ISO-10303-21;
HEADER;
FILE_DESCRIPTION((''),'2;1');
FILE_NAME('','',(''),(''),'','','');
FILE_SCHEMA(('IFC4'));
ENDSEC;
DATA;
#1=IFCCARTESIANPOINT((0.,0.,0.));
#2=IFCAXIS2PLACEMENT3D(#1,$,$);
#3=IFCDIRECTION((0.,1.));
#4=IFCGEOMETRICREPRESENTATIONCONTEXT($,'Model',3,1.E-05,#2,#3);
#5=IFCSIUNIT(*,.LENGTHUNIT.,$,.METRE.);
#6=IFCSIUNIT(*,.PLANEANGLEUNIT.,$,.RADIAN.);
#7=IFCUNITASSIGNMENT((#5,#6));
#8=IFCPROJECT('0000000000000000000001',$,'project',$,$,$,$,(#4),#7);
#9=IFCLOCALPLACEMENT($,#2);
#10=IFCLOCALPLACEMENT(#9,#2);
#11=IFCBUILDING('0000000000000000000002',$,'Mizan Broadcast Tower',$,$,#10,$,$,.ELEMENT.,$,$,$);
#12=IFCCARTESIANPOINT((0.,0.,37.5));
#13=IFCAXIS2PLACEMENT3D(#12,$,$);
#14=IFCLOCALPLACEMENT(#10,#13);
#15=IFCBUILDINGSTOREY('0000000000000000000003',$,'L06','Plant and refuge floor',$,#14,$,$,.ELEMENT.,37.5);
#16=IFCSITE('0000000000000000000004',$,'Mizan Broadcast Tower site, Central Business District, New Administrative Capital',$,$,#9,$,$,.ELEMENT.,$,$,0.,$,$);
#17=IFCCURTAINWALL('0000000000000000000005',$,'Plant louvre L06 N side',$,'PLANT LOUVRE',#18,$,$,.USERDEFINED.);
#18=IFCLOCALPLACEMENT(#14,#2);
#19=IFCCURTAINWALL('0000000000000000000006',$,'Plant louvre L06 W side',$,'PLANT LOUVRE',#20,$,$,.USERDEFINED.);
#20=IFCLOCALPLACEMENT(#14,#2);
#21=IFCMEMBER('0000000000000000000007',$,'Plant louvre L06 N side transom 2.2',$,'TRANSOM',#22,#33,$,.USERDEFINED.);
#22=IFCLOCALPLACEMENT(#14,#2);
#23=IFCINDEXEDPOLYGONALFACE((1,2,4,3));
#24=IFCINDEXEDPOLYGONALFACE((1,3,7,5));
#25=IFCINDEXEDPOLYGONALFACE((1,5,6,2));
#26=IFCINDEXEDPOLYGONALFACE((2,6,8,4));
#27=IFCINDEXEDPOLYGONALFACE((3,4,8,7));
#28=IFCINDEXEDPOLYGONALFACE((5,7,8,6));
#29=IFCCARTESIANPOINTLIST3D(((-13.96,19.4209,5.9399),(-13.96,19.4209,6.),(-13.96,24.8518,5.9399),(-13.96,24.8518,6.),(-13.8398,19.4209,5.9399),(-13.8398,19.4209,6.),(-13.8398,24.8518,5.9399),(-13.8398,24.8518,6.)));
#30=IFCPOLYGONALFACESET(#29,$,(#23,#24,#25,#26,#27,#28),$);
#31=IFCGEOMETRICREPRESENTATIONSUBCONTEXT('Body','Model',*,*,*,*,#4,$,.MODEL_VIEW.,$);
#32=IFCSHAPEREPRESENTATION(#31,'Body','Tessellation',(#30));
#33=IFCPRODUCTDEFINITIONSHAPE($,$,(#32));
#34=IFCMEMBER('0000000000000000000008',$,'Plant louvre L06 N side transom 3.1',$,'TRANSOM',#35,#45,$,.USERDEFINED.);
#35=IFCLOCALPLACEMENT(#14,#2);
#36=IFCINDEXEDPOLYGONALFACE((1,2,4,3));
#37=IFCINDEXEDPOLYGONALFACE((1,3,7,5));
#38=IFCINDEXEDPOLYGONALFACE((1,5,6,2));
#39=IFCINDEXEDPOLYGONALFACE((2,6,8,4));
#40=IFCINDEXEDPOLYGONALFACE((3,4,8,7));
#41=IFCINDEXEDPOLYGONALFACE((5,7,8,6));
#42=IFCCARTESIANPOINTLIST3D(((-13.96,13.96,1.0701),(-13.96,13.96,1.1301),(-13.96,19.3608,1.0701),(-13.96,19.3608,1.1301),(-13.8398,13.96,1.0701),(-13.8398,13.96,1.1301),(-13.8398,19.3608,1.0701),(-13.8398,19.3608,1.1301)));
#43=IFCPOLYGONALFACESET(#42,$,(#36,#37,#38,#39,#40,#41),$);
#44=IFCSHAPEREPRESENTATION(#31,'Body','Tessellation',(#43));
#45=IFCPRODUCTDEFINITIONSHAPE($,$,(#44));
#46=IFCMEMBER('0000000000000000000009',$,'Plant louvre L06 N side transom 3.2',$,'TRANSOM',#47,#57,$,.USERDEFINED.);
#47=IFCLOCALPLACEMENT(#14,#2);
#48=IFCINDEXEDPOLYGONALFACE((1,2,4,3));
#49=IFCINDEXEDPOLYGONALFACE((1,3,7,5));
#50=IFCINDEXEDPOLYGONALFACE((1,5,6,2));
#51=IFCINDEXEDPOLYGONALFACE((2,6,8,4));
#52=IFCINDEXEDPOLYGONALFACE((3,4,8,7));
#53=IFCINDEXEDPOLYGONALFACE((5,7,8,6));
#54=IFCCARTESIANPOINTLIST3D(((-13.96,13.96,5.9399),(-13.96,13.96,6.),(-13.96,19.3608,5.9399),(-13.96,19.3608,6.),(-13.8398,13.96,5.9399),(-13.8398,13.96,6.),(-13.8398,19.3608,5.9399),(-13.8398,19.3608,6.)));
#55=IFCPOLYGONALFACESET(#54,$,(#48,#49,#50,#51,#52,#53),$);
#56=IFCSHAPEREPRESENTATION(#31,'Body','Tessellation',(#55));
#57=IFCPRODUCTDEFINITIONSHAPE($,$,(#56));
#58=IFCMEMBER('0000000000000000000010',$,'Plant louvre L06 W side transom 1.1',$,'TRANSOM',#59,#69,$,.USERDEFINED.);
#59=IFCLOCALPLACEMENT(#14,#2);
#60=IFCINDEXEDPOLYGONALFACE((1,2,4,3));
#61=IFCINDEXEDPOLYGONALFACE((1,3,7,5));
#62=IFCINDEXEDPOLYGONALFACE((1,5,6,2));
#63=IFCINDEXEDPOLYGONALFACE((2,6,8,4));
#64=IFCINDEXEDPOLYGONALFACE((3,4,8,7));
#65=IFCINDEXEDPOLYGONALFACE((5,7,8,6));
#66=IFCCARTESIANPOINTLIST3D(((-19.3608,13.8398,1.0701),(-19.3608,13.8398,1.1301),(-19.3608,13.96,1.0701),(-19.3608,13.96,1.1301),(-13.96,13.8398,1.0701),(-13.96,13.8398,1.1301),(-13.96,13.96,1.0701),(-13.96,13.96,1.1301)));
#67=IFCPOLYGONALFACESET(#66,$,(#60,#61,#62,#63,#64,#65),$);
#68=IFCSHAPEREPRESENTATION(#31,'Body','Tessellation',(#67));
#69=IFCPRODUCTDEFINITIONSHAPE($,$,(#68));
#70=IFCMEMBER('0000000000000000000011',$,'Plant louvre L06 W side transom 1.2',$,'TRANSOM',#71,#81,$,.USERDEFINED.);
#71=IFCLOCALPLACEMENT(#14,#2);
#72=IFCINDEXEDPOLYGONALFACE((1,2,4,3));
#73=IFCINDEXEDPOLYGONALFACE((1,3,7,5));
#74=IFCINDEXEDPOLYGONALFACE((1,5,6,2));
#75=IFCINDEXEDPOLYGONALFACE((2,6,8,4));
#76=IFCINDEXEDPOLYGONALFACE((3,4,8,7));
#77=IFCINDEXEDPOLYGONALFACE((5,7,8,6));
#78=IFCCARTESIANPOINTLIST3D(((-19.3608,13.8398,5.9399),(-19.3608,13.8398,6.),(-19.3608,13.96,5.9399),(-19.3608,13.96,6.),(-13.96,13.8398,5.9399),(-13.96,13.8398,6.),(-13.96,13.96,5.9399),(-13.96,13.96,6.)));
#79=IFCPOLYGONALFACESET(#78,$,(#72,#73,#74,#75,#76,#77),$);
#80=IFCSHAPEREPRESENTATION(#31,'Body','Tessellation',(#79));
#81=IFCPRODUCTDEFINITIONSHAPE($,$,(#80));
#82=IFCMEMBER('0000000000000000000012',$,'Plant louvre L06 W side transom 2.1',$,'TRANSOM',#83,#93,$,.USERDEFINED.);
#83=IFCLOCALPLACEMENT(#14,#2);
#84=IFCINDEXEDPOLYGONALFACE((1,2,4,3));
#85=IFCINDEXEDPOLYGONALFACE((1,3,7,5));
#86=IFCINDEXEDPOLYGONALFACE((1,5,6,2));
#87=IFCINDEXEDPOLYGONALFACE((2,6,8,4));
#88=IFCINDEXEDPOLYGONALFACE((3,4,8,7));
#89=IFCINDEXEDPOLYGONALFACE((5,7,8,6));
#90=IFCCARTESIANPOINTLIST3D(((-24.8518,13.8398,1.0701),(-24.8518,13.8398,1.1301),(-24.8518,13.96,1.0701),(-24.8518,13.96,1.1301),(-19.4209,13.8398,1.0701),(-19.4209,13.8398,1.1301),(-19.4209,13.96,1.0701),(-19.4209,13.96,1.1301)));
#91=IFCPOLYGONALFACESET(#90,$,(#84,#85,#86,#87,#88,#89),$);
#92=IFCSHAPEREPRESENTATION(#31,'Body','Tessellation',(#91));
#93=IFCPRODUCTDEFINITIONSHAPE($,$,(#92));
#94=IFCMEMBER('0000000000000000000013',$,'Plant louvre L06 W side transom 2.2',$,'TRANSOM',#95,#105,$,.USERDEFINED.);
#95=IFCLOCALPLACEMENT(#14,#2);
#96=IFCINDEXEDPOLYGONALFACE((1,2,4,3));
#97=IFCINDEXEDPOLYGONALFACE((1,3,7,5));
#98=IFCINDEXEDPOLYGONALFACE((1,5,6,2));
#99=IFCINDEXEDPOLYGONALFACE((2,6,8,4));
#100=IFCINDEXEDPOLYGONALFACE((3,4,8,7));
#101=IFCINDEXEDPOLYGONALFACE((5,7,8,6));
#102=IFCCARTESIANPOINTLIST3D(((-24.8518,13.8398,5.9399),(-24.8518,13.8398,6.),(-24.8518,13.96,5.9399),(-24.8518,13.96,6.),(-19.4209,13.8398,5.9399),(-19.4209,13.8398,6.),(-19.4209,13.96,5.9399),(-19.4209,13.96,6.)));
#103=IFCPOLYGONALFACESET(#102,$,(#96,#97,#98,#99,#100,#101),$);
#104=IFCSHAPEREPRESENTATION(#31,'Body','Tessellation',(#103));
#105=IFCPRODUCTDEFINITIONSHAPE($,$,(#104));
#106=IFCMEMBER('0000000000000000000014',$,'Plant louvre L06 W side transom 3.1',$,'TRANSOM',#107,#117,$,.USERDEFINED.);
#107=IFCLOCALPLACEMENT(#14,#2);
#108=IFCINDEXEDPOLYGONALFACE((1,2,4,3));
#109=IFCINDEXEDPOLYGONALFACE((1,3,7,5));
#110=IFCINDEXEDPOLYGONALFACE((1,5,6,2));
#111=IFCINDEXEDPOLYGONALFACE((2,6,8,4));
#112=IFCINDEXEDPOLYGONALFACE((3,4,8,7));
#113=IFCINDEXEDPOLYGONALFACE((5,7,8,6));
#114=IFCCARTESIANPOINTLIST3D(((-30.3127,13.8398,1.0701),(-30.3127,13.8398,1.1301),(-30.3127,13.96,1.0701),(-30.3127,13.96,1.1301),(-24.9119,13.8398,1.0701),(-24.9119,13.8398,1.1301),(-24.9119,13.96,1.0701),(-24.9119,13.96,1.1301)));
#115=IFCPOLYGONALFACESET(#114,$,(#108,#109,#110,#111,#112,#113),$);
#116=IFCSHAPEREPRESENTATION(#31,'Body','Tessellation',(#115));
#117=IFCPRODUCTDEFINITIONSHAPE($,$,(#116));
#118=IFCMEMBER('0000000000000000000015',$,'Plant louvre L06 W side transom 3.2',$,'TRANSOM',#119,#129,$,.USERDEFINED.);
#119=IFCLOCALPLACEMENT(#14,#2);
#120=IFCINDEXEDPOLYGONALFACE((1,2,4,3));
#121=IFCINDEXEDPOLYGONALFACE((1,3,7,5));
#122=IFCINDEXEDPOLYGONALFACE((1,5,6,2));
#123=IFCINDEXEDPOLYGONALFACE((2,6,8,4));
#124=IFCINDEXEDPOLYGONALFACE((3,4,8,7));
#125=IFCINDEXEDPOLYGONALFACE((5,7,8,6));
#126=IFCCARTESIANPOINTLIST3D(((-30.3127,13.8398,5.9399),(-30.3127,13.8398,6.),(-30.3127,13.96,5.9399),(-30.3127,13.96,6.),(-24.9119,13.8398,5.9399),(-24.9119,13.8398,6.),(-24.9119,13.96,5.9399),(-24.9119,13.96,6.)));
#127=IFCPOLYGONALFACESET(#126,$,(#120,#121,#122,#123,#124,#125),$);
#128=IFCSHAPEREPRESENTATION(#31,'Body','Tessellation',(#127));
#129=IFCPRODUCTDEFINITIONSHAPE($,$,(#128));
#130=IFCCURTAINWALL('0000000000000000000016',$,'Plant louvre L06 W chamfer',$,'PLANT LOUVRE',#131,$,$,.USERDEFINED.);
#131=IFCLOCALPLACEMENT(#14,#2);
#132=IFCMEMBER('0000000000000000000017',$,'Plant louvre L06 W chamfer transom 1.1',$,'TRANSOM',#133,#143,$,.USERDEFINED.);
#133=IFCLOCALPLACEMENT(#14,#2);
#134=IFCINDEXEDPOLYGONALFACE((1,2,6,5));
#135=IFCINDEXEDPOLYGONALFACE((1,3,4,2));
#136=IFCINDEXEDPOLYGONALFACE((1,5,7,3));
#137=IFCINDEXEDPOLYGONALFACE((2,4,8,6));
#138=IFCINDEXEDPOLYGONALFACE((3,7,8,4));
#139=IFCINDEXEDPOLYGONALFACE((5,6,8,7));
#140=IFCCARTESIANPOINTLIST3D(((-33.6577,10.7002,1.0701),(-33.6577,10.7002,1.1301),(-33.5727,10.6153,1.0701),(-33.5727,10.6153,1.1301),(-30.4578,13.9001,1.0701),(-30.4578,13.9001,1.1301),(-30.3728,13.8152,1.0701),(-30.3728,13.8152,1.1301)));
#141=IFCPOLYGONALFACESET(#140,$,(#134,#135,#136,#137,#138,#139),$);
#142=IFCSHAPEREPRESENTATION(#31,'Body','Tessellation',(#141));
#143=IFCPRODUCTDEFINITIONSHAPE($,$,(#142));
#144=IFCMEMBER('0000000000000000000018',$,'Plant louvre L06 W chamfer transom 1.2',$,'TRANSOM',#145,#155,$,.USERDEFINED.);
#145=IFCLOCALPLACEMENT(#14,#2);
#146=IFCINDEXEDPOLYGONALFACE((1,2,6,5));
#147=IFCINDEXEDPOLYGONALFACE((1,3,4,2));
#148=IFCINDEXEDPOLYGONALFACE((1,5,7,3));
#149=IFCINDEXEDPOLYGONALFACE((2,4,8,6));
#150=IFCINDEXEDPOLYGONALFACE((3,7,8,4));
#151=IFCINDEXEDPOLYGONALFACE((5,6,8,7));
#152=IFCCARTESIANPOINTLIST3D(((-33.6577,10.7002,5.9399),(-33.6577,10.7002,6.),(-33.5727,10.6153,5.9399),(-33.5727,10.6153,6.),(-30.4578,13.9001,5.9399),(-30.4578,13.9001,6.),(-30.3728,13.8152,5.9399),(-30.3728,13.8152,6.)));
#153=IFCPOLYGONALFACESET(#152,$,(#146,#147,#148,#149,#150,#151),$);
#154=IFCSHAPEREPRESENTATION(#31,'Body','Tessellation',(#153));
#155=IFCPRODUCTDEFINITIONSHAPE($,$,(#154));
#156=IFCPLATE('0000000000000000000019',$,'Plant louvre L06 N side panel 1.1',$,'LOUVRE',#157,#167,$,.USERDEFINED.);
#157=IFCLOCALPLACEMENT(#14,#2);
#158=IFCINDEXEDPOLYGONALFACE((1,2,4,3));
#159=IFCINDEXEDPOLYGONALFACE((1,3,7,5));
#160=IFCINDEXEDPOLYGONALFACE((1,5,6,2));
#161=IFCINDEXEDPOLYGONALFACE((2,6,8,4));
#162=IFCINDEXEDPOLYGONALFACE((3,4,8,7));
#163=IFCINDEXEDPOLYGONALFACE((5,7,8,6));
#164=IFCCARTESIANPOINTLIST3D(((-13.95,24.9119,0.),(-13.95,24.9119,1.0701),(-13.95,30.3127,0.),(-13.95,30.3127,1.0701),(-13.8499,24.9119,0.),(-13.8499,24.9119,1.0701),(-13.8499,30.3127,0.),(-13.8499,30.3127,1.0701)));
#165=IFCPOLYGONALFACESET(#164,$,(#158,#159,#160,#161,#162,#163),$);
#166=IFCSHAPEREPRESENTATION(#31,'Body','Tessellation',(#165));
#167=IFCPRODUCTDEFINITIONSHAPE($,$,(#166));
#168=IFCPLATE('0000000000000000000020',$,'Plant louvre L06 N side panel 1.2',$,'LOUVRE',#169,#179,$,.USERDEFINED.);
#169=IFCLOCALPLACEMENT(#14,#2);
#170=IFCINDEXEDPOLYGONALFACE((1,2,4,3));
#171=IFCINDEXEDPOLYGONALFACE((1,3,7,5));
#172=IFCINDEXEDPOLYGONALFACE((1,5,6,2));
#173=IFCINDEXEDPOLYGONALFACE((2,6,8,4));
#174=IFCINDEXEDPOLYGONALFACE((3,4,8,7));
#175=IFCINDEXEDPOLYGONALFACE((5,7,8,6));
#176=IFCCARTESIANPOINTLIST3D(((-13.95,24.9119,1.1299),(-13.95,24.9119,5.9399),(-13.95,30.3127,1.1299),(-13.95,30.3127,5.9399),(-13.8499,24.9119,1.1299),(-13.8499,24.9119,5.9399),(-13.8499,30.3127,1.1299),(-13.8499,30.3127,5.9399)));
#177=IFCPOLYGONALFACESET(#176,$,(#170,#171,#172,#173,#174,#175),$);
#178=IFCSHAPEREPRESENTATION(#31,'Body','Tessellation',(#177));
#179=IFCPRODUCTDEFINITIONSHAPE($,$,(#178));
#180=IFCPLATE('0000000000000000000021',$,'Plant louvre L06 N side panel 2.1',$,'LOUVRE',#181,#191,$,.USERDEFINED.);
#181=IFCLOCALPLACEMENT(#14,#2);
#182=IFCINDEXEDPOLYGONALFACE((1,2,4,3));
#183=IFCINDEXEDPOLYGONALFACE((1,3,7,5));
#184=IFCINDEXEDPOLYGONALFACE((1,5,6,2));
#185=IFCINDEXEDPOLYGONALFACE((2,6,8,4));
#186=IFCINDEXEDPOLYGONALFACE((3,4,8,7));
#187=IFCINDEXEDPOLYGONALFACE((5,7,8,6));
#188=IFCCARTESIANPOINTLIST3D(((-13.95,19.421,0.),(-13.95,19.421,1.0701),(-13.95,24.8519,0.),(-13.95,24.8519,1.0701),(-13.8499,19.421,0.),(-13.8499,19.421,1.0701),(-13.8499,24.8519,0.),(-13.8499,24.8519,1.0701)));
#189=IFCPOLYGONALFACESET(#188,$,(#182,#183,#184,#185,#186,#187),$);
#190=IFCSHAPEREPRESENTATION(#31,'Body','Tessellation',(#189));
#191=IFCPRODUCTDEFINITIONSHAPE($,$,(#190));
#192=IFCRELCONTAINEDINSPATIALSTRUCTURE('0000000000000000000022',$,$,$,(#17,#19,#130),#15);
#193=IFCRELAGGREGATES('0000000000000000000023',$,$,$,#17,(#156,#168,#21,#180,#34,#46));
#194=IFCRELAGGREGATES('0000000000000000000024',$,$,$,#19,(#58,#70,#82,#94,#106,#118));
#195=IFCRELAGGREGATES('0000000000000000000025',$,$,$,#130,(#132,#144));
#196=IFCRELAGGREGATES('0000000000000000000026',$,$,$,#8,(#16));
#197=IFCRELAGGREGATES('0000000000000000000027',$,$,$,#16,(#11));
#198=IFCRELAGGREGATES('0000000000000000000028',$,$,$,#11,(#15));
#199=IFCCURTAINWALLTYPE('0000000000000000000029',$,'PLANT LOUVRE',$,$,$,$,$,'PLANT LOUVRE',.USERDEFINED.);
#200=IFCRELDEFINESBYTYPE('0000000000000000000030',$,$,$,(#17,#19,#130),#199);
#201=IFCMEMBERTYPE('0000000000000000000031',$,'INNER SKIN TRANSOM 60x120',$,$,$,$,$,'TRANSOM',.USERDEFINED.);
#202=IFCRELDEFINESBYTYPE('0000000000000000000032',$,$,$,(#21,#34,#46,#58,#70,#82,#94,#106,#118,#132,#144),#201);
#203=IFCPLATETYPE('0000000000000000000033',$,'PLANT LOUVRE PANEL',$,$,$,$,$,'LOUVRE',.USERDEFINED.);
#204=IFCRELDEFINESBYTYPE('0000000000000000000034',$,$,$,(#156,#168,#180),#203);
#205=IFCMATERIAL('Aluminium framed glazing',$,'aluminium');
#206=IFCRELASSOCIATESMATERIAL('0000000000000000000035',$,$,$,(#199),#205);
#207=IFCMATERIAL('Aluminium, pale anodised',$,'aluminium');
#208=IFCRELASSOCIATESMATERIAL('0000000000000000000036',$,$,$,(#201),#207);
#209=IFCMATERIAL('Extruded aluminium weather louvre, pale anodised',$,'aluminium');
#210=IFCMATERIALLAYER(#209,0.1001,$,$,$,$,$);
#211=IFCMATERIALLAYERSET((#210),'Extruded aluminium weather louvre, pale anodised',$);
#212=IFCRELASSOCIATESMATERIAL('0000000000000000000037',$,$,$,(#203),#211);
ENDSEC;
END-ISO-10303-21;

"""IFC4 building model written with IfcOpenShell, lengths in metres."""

from ifc_helpers import new_model, si_unit, direction, frame, origin, origin_2d, place, context, subcontext, project, spatial, rectangle, extrude, material, layer, layer_set, material_profile, profile_set, type_object, element, aggregate, save


model = new_model("IFC4")

# Units and contexts
model_context = context("Model", 3, precision=1e-05, world=origin(), true_north=direction((0.0, 1.0)))
body_context = subcontext(model_context, "Body", "Model", "MODEL_VIEW")
ifc_project = project(units=[si_unit("LENGTHUNIT", "METRE"), si_unit("PLANEANGLEUNIT", "RADIAN")], contexts=[model_context])

# Site, building, storey
site_placement = place(None, origin())
site = spatial("IfcSite", under=ifc_project, at=site_placement, Name="Mizan Broadcast Tower site, Central Business District, New Administrative Capital", CompositionType="ELEMENT", RefElevation=0.0)
building_placement = place(site_placement, origin())
building = spatial("IfcBuilding", under=site, at=building_placement, Name="Mizan Broadcast Tower", CompositionType="ELEMENT")
storey_placement = place(building_placement, frame((0.0, 0.0, 37.5)))
storey = spatial("IfcBuildingStorey", under=building, at=storey_placement, Name="L06", Description="Plant and refuge floor", CompositionType="ELEMENT", Elevation=37.5)

# Curtain walls
ifc_material_1 = material(Name="Aluminium framed glazing", Category="aluminium")
curtain_wall_type = type_object("IfcCurtainWallType", Name="PLANT LOUVRE", ElementType="PLANT LOUVRE", PredefinedType="USERDEFINED", material=ifc_material_1)
curtain_wall_1_placement = place(storey_placement, origin())
curtain_wall_1 = element("IfcCurtainWall", 1, at=curtain_wall_1_placement, inside=storey, type_object=curtain_wall_type, Name="Plant louvre L06 N side", ObjectType="PLANT LOUVRE", PredefinedType="USERDEFINED")
curtain_wall_2_placement = place(storey_placement, origin())
curtain_wall_2 = element("IfcCurtainWall", 2, at=curtain_wall_2_placement, inside=storey, type_object=curtain_wall_type, Name="Plant louvre L06 W side", ObjectType="PLANT LOUVRE", PredefinedType="USERDEFINED")

# Members
ifc_material_2 = material(Name="Aluminium, pale anodised", Category="aluminium")
ifc_material_profile_1 = material_profile(ifc_material_2, rectangle(XDim=0.1201, YDim=0.0601, at=origin_2d()), Name="TRANSOM 120x60")
ifc_profile_set_1 = profile_set([ifc_material_profile_1], Name="Aluminium, pale anodised")
member_type_1 = type_object("IfcMemberType", Name="INNER SKIN TRANSOM 60x120", ElementType="TRANSOM", PredefinedType="USERDEFINED", material=ifc_profile_set_1)
member_1_placement = place(storey_placement, frame((-13.8999, 24.8518, 5.97), z_axis=(0.0, -1.0, 0.0), x_axis=(1.0, 0.0, 0.0)))
member_1 = element("IfcMember", 3, at=member_1_placement, type_object=member_type_1, Name="Plant louvre L06 N side transom 2.2", ObjectType="TRANSOM", PredefinedType="USERDEFINED", context=body_context, shape_type="SweptSolid", body=[
    extrude(rectangle(XDim=0.1201, YDim=0.0601, at=origin_2d()), origin(), (0.0, 0.0, 1.0), 5.4309),
])
member_2_placement = place(storey_placement, frame((-13.8999, 19.3608, 1.1001), z_axis=(0.0, -1.0, 0.0), x_axis=(1.0, 0.0, 0.0)))
member_2 = element("IfcMember", 4, at=member_2_placement, type_object=member_type_1, Name="Plant louvre L06 N side transom 3.1", ObjectType="TRANSOM", PredefinedType="USERDEFINED", context=body_context, shape_type="SweptSolid", body=[
    extrude(rectangle(XDim=0.1201, YDim=0.0601, at=origin_2d()), origin(), (0.0, 0.0, 1.0), 5.4009),
])
member_3_placement = place(storey_placement, frame((-13.8999, 19.3608, 5.97), z_axis=(0.0, -1.0, 0.0), x_axis=(1.0, 0.0, 0.0)))
member_3 = element("IfcMember", 5, at=member_3_placement, type_object=member_type_1, Name="Plant louvre L06 N side transom 3.2", ObjectType="TRANSOM", PredefinedType="USERDEFINED", context=body_context, shape_type="SweptSolid", body=[
    extrude(rectangle(XDim=0.1201, YDim=0.0601, at=origin_2d()), origin(), (0.0, 0.0, 1.0), 5.4009),
])
member_4_placement = place(storey_placement, frame((-13.96, 13.8999, 1.1001), z_axis=(-1.0, 0.0, 0.0), x_axis=(0.0, -1.0, 0.0)))
member_4 = element("IfcMember", 6, at=member_4_placement, type_object=member_type_1, Name="Plant louvre L06 W side transom 1.1", ObjectType="TRANSOM", PredefinedType="USERDEFINED", context=body_context, shape_type="SweptSolid", body=[
    extrude(rectangle(XDim=0.1201, YDim=0.0601, at=origin_2d()), origin(), (0.0, 0.0, 1.0), 5.4009),
])
member_5_placement = place(storey_placement, frame((-13.96, 13.8999, 5.97), z_axis=(-1.0, 0.0, 0.0), x_axis=(0.0, -1.0, 0.0)))
member_5 = element("IfcMember", 7, at=member_5_placement, type_object=member_type_1, Name="Plant louvre L06 W side transom 1.2", ObjectType="TRANSOM", PredefinedType="USERDEFINED", context=body_context, shape_type="SweptSolid", body=[
    extrude(rectangle(XDim=0.1201, YDim=0.0601, at=origin_2d()), origin(), (0.0, 0.0, 1.0), 5.4009),
])
member_6_placement = place(storey_placement, frame((-19.4209, 13.8999, 1.1001), z_axis=(-1.0, 0.0, 0.0), x_axis=(0.0, -1.0, 0.0)))
member_6 = element("IfcMember", 8, at=member_6_placement, type_object=member_type_1, Name="Plant louvre L06 W side transom 2.1", ObjectType="TRANSOM", PredefinedType="USERDEFINED", context=body_context, shape_type="SweptSolid", body=[
    extrude(rectangle(XDim=0.1201, YDim=0.0601, at=origin_2d()), origin(), (0.0, 0.0, 1.0), 5.4309),
])
member_7_placement = place(storey_placement, frame((-19.4209, 13.8999, 5.97), z_axis=(-1.0, 0.0, 0.0), x_axis=(0.0, -1.0, 0.0)))
member_7 = element("IfcMember", 9, at=member_7_placement, type_object=member_type_1, Name="Plant louvre L06 W side transom 2.2", ObjectType="TRANSOM", PredefinedType="USERDEFINED", context=body_context, shape_type="SweptSolid", body=[
    extrude(rectangle(XDim=0.1201, YDim=0.0601, at=origin_2d()), origin(), (0.0, 0.0, 1.0), 5.4309),
])
member_8_placement = place(storey_placement, frame((-24.9119, 13.8999, 1.1001), z_axis=(-1.0, 0.0, 0.0), x_axis=(0.0, -1.0, 0.0)))
member_8 = element("IfcMember", 10, at=member_8_placement, type_object=member_type_1, Name="Plant louvre L06 W side transom 3.1", ObjectType="TRANSOM", PredefinedType="USERDEFINED", context=body_context, shape_type="SweptSolid", body=[
    extrude(rectangle(XDim=0.1201, YDim=0.0601, at=origin_2d()), origin(), (0.0, 0.0, 1.0), 5.4009),
])
member_9_placement = place(storey_placement, frame((-24.9119, 13.8999, 5.97), z_axis=(-1.0, 0.0, 0.0), x_axis=(0.0, -1.0, 0.0)))
member_9 = element("IfcMember", 11, at=member_9_placement, type_object=member_type_1, Name="Plant louvre L06 W side transom 3.2", ObjectType="TRANSOM", PredefinedType="USERDEFINED", context=body_context, shape_type="SweptSolid", body=[
    extrude(rectangle(XDim=0.1201, YDim=0.0601, at=origin_2d()), origin(), (0.0, 0.0, 1.0), 5.4009),
])

# Curtain wall, members
curtain_wall_3_placement = place(storey_placement, origin())
curtain_wall_3 = element("IfcCurtainWall", 12, at=curtain_wall_3_placement, inside=storey, type_object=curtain_wall_type, Name="Plant louvre L06 W chamfer", ObjectType="PLANT LOUVRE", PredefinedType="USERDEFINED")
member_10_placement = place(storey_placement, frame((-30.4153, 13.8577, 1.1001), z_axis=(-0.707107, -0.707107, 0.0), x_axis=(0.707107, -0.707107, 0.0)))
member_10 = element("IfcMember", 13, at=member_10_placement, type_object=member_type_1, Name="Plant louvre L06 W chamfer transom 1.1", ObjectType="TRANSOM", PredefinedType="USERDEFINED", context=body_context, shape_type="SweptSolid", body=[
    extrude(rectangle(XDim=0.1201, YDim=0.0601, at=origin_2d()), origin(), (0.0, 0.0, 1.0), 4.5254),
])
member_11_placement = place(storey_placement, frame((-30.4153, 13.8577, 5.97), z_axis=(-0.707107, -0.707107, 0.0), x_axis=(0.707107, -0.707107, 0.0)))
member_11 = element("IfcMember", 14, at=member_11_placement, type_object=member_type_1, Name="Plant louvre L06 W chamfer transom 1.2", ObjectType="TRANSOM", PredefinedType="USERDEFINED", context=body_context, shape_type="SweptSolid", body=[
    extrude(rectangle(XDim=0.1201, YDim=0.0601, at=origin_2d()), origin(), (0.0, 0.0, 1.0), 4.5254),
])

# Plates
ifc_material_3 = material(Name="Extruded aluminium weather louvre, pale anodised", Category="aluminium")
ifc_layer = layer(ifc_material_3, 0.1001)
ifc_layer_set = layer_set([ifc_layer], Name="Extruded aluminium weather louvre, pale anodised")
plate_type = type_object("IfcPlateType", Name="PLANT LOUVRE PANEL", ElementType="LOUVRE", PredefinedType="USERDEFINED", material=ifc_layer_set)
plate_1_placement = place(storey_placement, frame((-13.8999, 27.6123, 0.0), z_axis=(0.0, 0.0, 1.0), x_axis=(0.0, -1.0, 0.0)))
plate_1 = element("IfcPlate", 15, at=plate_1_placement, type_object=plate_type, Name="Plant louvre L06 N side panel 1.1", ObjectType="LOUVRE", PredefinedType="USERDEFINED", context=body_context, shape_type="SweptSolid", body=[
    extrude(rectangle(XDim=5.4009, YDim=0.1001, at=origin_2d()), origin(), (0.0, 0.0, 1.0), 1.0701),
])
plate_2_placement = place(storey_placement, frame((-13.8999, 27.6123, 1.1299), z_axis=(0.0, 0.0, 1.0), x_axis=(0.0, -1.0, 0.0)))
plate_2 = element("IfcPlate", 16, at=plate_2_placement, type_object=plate_type, Name="Plant louvre L06 N side panel 1.2", ObjectType="LOUVRE", PredefinedType="USERDEFINED", context=body_context, shape_type="SweptSolid", body=[
    extrude(rectangle(XDim=5.4009, YDim=0.1001, at=origin_2d()), origin(), (0.0, 0.0, 1.0), 4.8101),
])
plate_3_placement = place(storey_placement, frame((-13.8999, 22.1365, 0.0), z_axis=(0.0, 0.0, 1.0), x_axis=(0.0, -1.0, 0.0)))
plate_3 = element("IfcPlate", 17, at=plate_3_placement, type_object=plate_type, Name="Plant louvre L06 N side panel 2.1", ObjectType="LOUVRE", PredefinedType="USERDEFINED", context=body_context, shape_type="SweptSolid", body=[
    extrude(rectangle(XDim=5.4309, YDim=0.1001, at=origin_2d()), origin(), (0.0, 0.0, 1.0), 1.0701),
])
aggregate(curtain_wall_1, [plate_1, plate_2, member_1, plate_3, member_2, member_3])
aggregate(curtain_wall_2, [member_4, member_5, member_6, member_7, member_8, member_9])
aggregate(curtain_wall_3, [member_10, member_11])

save(model, "model.ifc")
